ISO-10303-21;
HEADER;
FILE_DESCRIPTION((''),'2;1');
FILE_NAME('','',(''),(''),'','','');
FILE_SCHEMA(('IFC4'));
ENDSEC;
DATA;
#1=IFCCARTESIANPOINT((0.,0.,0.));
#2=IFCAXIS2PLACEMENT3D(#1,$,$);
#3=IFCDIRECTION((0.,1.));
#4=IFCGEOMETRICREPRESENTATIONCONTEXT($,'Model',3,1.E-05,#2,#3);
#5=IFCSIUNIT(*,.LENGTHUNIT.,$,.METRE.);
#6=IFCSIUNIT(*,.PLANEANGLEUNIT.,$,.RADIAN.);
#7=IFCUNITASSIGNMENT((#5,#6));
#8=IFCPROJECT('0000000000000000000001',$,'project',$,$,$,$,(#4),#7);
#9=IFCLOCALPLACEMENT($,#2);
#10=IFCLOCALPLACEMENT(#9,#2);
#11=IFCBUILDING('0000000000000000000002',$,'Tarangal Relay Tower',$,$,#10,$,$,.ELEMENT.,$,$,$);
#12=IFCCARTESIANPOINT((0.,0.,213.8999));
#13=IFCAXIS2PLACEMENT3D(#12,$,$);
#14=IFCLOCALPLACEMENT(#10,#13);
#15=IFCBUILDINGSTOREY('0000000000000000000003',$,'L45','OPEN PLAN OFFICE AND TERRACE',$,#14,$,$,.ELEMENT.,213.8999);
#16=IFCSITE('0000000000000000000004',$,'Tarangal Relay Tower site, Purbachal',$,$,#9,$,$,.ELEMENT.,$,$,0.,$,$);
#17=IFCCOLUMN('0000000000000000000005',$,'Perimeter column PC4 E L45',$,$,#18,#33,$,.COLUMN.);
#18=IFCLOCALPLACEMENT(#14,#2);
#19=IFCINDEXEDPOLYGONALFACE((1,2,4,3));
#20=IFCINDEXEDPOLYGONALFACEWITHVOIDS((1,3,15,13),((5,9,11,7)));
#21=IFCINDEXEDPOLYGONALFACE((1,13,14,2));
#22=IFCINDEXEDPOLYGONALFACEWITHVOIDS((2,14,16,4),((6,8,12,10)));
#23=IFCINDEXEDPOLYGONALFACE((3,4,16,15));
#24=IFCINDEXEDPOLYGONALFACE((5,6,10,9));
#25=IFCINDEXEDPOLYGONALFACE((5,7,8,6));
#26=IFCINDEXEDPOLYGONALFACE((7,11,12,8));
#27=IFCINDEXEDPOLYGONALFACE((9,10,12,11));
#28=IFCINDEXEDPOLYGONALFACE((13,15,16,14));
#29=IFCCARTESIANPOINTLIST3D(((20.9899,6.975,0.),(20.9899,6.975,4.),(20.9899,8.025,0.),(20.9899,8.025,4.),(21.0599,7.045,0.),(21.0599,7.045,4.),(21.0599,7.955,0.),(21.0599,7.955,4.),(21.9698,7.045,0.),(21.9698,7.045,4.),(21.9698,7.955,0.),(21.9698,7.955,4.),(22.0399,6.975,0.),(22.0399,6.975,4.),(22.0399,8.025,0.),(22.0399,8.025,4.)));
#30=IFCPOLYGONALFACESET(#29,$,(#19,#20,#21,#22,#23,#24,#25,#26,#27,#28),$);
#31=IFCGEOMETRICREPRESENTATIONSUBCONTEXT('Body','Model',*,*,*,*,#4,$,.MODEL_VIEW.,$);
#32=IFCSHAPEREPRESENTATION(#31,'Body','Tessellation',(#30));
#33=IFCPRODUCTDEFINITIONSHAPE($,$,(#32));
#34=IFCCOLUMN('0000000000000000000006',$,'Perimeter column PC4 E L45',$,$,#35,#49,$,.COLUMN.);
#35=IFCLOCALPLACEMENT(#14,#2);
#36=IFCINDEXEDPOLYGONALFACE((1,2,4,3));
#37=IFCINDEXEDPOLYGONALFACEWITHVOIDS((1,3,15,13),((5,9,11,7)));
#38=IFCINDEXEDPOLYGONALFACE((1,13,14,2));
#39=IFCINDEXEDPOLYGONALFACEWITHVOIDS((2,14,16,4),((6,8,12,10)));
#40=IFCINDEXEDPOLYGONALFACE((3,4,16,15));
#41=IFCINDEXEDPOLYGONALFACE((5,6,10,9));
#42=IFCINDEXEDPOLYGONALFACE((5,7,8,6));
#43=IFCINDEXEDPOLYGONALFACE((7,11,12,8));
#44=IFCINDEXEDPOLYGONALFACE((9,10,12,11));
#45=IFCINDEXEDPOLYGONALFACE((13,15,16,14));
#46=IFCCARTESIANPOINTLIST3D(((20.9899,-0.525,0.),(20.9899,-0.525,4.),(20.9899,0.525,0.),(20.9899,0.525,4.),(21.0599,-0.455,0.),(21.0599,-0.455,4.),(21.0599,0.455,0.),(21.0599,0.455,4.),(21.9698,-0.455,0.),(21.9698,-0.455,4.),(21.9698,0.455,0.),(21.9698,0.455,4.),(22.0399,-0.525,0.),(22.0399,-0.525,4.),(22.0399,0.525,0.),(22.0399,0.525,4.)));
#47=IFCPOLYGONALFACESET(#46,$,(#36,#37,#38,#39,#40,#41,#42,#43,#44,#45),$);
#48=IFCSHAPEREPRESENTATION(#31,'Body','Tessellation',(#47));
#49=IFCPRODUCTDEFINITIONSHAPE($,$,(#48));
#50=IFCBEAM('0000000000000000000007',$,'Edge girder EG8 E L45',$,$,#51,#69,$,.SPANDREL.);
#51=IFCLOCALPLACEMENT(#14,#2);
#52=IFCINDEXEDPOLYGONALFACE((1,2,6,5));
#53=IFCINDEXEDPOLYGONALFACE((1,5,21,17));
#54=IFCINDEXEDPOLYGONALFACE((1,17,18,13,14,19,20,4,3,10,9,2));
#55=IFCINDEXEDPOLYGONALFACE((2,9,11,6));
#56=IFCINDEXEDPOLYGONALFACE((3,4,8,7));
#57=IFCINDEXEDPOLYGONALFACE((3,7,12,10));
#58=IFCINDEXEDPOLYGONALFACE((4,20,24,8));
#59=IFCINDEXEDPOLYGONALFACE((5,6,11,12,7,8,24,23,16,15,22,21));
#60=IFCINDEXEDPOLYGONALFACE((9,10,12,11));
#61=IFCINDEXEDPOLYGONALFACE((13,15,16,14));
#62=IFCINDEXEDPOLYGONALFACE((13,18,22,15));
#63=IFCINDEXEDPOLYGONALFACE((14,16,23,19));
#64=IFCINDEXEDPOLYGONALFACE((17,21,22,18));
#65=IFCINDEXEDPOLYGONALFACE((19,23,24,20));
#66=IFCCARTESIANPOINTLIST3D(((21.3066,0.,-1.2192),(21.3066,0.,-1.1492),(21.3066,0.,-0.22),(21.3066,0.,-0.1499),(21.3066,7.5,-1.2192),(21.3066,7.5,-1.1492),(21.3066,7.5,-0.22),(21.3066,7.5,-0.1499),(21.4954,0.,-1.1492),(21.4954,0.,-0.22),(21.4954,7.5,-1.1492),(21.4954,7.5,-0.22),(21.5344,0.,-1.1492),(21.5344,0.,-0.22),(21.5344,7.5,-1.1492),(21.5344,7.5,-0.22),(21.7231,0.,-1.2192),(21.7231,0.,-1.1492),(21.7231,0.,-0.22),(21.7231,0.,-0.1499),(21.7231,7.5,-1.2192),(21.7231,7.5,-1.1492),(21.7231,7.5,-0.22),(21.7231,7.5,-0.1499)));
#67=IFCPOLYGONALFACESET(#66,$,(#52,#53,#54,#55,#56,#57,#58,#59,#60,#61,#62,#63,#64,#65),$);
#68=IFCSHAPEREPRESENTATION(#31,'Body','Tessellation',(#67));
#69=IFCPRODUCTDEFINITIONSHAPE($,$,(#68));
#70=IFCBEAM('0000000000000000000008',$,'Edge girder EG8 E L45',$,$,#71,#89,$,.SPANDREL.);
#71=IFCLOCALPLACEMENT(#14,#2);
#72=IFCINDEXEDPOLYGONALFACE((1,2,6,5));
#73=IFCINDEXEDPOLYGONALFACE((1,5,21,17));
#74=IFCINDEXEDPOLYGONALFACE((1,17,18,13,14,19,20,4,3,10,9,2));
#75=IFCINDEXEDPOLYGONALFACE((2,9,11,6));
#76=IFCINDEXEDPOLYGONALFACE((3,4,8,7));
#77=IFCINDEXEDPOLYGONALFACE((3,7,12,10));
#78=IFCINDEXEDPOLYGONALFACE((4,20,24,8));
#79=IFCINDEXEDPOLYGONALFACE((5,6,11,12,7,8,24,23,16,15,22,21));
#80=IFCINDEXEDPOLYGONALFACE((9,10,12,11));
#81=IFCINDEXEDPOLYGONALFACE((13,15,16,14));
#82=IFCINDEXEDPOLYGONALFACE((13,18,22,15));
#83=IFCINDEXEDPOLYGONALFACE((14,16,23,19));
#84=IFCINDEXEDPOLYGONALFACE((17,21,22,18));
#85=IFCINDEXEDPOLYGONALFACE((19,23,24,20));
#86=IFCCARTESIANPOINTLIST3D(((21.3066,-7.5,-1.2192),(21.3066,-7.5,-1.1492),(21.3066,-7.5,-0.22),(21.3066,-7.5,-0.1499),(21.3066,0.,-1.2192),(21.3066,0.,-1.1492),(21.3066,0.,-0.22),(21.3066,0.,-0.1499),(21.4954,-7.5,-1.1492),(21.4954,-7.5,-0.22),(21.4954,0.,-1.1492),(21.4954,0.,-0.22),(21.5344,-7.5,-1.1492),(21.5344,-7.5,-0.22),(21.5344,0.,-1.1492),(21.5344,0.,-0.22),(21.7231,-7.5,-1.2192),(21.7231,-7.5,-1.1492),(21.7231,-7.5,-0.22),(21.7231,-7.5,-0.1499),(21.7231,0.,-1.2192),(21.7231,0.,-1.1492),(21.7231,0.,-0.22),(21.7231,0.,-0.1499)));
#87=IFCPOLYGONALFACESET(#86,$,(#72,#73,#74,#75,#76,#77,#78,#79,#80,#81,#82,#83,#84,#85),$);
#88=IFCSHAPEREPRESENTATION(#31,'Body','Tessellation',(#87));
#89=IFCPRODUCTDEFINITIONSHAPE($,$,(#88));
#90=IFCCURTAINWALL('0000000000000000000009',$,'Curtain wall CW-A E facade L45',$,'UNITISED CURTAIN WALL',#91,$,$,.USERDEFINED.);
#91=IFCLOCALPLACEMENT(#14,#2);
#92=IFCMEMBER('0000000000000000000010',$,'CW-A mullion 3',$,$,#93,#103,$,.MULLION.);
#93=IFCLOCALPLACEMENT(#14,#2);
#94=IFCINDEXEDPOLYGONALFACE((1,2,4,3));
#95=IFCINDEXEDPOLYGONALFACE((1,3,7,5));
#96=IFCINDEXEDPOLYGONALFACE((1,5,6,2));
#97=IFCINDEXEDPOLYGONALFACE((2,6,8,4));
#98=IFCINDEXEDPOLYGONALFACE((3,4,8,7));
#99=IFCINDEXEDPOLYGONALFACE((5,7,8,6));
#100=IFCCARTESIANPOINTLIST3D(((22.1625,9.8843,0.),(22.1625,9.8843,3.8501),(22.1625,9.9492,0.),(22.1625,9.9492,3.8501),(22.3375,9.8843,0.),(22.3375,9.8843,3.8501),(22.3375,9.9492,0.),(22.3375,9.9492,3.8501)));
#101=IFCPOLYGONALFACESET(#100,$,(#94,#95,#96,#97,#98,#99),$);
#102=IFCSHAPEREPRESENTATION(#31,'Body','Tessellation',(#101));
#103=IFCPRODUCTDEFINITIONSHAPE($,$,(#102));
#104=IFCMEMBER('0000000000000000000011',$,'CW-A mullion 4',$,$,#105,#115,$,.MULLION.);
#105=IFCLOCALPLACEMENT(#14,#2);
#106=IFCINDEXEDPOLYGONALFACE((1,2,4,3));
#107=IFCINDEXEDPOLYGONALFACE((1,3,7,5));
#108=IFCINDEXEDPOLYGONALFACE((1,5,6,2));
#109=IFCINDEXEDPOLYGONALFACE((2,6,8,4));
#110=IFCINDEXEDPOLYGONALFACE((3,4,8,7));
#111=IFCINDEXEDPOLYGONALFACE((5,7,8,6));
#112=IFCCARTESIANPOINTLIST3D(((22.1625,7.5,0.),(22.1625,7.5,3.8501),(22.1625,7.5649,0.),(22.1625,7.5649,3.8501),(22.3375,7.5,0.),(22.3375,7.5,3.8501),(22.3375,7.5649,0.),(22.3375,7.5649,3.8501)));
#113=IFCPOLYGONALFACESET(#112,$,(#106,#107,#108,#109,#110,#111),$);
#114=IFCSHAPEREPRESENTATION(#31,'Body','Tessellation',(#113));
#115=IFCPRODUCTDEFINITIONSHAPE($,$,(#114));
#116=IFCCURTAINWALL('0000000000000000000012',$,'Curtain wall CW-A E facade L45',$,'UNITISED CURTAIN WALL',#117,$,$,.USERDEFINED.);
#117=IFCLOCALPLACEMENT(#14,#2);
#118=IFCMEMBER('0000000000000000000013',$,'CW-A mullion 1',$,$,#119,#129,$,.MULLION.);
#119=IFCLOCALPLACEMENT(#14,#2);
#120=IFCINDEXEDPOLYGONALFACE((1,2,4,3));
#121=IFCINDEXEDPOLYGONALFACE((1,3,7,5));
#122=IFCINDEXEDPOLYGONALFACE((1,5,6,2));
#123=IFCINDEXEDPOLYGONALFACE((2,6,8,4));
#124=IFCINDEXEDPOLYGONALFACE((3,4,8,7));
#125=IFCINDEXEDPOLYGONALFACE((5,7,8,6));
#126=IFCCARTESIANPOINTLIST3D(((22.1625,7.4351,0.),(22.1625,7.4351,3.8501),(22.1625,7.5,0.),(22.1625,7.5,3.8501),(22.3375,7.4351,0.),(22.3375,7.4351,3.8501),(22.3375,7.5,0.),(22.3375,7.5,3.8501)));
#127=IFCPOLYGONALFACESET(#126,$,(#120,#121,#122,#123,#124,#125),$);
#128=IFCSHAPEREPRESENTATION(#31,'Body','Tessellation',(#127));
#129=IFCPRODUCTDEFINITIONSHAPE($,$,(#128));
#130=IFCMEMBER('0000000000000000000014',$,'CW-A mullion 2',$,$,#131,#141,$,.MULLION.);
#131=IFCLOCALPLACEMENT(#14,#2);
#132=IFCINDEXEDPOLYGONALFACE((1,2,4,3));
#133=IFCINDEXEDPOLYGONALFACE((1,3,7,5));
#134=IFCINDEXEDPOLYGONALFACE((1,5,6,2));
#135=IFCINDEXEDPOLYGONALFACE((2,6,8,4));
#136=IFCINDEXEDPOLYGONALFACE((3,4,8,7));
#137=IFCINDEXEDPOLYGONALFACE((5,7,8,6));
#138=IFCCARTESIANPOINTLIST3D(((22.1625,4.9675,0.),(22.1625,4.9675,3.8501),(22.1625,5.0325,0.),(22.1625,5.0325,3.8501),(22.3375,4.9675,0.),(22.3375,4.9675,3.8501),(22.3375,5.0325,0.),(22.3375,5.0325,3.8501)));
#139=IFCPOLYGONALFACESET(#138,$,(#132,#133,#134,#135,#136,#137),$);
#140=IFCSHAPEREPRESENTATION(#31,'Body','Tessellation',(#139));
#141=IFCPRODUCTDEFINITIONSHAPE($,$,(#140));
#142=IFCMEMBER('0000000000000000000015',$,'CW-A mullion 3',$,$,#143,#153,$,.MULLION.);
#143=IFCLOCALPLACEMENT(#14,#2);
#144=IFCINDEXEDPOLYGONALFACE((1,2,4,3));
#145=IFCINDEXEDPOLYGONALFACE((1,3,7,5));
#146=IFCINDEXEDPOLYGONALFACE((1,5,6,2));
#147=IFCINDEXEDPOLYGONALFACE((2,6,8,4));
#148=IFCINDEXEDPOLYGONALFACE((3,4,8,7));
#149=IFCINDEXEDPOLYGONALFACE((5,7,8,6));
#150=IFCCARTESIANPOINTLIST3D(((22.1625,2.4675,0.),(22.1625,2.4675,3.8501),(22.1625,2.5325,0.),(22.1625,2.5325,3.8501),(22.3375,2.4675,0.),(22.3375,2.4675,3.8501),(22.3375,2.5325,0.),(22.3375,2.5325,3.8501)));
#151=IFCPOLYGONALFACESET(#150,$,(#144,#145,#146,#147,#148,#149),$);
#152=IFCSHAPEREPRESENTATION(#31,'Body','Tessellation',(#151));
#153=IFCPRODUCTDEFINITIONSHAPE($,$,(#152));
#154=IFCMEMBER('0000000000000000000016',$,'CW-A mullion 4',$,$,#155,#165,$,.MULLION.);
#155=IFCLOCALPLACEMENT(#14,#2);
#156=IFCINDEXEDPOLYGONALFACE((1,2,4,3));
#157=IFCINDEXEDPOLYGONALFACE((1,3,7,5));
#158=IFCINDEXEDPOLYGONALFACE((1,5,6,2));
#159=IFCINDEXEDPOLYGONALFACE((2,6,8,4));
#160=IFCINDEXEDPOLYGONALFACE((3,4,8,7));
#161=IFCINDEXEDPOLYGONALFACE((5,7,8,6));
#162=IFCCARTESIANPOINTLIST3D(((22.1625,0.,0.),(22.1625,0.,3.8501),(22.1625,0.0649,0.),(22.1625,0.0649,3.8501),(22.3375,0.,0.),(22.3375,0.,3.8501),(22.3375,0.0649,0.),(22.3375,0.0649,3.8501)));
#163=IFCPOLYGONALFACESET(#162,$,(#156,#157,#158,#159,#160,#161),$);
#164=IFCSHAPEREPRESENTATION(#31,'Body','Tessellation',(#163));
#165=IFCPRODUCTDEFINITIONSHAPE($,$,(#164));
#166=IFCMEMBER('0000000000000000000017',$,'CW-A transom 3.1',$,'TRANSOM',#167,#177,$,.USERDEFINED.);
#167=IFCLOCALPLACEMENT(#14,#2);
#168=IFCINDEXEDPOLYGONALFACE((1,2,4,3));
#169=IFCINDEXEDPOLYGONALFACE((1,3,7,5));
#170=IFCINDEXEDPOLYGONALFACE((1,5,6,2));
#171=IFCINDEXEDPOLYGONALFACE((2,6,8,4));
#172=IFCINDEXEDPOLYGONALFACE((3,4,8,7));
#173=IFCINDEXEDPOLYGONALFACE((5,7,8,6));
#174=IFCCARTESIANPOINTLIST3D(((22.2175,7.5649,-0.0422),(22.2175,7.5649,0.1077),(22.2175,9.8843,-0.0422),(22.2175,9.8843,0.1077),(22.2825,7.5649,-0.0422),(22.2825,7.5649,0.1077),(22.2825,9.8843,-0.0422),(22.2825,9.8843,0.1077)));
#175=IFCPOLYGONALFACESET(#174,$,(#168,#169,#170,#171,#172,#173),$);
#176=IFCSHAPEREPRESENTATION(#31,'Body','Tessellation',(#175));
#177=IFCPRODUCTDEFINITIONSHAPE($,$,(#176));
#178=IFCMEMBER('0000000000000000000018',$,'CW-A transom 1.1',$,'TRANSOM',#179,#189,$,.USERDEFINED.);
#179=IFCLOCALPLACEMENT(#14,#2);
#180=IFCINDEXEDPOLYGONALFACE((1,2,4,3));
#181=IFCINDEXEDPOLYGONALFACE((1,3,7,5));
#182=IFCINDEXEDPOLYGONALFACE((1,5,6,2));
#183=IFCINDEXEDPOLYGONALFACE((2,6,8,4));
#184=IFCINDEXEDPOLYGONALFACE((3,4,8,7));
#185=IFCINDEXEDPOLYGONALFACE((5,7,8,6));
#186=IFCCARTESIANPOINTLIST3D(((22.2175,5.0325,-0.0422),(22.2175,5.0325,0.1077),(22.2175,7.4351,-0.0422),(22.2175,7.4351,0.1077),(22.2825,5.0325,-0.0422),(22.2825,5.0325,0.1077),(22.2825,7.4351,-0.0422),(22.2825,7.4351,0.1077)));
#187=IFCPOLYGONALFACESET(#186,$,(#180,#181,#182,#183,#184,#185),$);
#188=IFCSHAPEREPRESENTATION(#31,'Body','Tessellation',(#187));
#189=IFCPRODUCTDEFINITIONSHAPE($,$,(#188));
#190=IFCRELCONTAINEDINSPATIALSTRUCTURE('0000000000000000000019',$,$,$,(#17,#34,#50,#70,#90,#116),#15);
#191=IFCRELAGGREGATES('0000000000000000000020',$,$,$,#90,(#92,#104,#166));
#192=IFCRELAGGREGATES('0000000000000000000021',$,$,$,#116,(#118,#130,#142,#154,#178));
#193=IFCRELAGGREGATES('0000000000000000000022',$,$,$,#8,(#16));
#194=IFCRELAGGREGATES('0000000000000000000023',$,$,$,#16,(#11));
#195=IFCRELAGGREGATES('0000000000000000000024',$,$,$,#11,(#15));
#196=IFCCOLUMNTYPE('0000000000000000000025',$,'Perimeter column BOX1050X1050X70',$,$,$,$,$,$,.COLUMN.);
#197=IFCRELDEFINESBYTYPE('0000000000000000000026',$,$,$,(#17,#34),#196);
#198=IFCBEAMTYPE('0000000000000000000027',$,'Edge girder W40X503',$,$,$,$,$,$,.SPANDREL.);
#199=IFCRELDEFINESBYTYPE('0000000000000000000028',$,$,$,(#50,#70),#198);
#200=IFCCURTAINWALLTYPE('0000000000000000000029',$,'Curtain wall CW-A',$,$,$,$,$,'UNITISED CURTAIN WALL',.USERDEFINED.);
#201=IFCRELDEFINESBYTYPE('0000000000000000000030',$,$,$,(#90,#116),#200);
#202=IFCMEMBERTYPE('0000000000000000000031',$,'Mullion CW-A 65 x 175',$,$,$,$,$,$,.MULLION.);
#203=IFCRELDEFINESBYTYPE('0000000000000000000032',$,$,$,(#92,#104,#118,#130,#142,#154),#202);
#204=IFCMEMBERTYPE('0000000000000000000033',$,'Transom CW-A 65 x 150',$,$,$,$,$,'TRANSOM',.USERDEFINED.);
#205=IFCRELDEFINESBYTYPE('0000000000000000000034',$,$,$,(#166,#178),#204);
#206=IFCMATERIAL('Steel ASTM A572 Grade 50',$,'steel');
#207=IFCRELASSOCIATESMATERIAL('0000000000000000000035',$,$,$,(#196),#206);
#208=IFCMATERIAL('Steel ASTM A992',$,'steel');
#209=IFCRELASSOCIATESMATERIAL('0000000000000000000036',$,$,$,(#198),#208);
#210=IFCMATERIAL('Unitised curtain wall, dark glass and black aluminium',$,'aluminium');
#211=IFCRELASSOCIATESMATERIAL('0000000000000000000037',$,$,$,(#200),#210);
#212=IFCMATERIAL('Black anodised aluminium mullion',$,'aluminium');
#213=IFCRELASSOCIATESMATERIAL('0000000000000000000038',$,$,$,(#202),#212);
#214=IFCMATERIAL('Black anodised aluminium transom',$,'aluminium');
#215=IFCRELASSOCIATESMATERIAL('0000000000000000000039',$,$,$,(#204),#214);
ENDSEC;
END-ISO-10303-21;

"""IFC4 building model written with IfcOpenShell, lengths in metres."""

from ifc_helpers import new_model, si_unit, direction, frame, origin, origin_2d, place, context, subcontext, project, spatial, rectangle, hollow_rectangle, i_section, extrude, material, material_profile, profile_set, type_object, element, aggregate, save


model = new_model("IFC4")

# Units and contexts
model_context = context("Model", 3, precision=1e-05, world=origin(), true_north=direction((0.0, 1.0)))
body_context = subcontext(model_context, "Body", "Model", "MODEL_VIEW")
ifc_project = project(units=[si_unit("LENGTHUNIT", "METRE"), si_unit("PLANEANGLEUNIT", "RADIAN")], contexts=[model_context])

# Site, building, storey
site_placement = place(None, origin())
site = spatial("IfcSite", under=ifc_project, at=site_placement, Name="Tarangal Relay Tower site, Purbachal", CompositionType="ELEMENT", RefElevation=0.0)
building_placement = place(site_placement, origin())
building = spatial("IfcBuilding", under=site, at=building_placement, Name="Tarangal Relay Tower", CompositionType="ELEMENT")
storey_placement = place(building_placement, frame((0.0, 0.0, 213.8999)))
storey = spatial("IfcBuildingStorey", under=building, at=storey_placement, Name="L45", Description="OPEN PLAN OFFICE AND TERRACE", CompositionType="ELEMENT", Elevation=213.8999)

# Columns
ifc_material_1 = material(Name="Steel ASTM A572 Grade 50", Category="steel")
ifc_material_profile_1 = material_profile(ifc_material_1, hollow_rectangle(XDim=1.05, YDim=1.05, WallThickness=0.0701, at=origin_2d()), Name="BOX1050X1050X70")
ifc_profile_set_1 = profile_set([ifc_material_profile_1], Name="Steel ASTM A572 Grade 50")
column_type = type_object("IfcColumnType", Name="Perimeter column BOX1050X1050X70", PredefinedType="COLUMN", material=ifc_profile_set_1)
for number, where, z_axis, x_axis, name in (
    (1, (21.5149, 7.5, 0.0), (0.0, 0.0, 1.0), (1.0, 0.0, 0.0), "Perimeter column PC4 E L45"),
    (2, (21.5149, 0.0, 0.0), (0.0, 0.0, 1.0), (1.0, 0.0, 0.0), "Perimeter column PC4 E L45"),
):
    element("IfcColumn", number, at=place(storey_placement, frame(where, z_axis=z_axis, x_axis=x_axis)), inside=storey, type_object=column_type, Name=name, PredefinedType="COLUMN", context=body_context, shape_type="SweptSolid", body=[
        extrude(hollow_rectangle(XDim=1.05, YDim=1.05, WallThickness=0.0701, at=origin_2d()), origin(), (0.0, 0.0, 1.0), 4.0),
    ])

# Beams
ifc_material_2 = material(Name="Steel ASTM A992", Category="steel")
ifc_material_profile_2 = material_profile(ifc_material_2, i_section(OverallWidth=0.4165, OverallDepth=1.0693, WebThickness=0.0391, FlangeThickness=0.0701, at=origin_2d()), Name="W40X503")
ifc_profile_set_2 = profile_set([ifc_material_profile_2], Name="Steel ASTM A992")
beam_type = type_object("IfcBeamType", Name="Edge girder W40X503", PredefinedType="SPANDREL", material=ifc_profile_set_2)
for number, where, z_axis, x_axis, name in (
    (3, (21.5149, 7.5, -0.6846), (0.0, -1.0, 0.0), (1.0, 0.0, 0.0), "Edge girder EG8 E L45"),
    (4, (21.5149, 0.0, -0.6846), (0.0, -1.0, 0.0), (1.0, 0.0, 0.0), "Edge girder EG8 E L45"),
):
    element("IfcBeam", number, at=place(storey_placement, frame(where, z_axis=z_axis, x_axis=x_axis)), inside=storey, type_object=beam_type, Name=name, PredefinedType="SPANDREL", context=body_context, shape_type="SweptSolid", body=[
        extrude(i_section(OverallWidth=0.4165, OverallDepth=1.0693, WebThickness=0.0391, FlangeThickness=0.0701, at=origin_2d()), origin(), (0.0, 0.0, 1.0), 7.5),
    ])

# Curtain walls, members
ifc_material_3 = material(Name="Unitised curtain wall, dark glass and black aluminium", Category="aluminium")
curtain_wall_type = type_object("IfcCurtainWallType", Name="Curtain wall CW-A", ElementType="UNITISED CURTAIN WALL", PredefinedType="USERDEFINED", material=ifc_material_3)
curtain_wall_1_placement = place(storey_placement, origin())
curtain_wall_1 = element("IfcCurtainWall", 5, at=curtain_wall_1_placement, inside=storey, type_object=curtain_wall_type, Name="Curtain wall CW-A E facade L45", ObjectType="UNITISED CURTAIN WALL", PredefinedType="USERDEFINED")
ifc_material_4 = material(Name="Black anodised aluminium mullion", Category="aluminium")
ifc_material_profile_3 = material_profile(ifc_material_4, rectangle(XDim=0.175, YDim=0.0649, at=origin_2d()), Name="CW-AM 65X175")
ifc_profile_set_3 = profile_set([ifc_material_profile_3], Name="Black anodised aluminium mullion")
member_type_1 = type_object("IfcMemberType", Name="Mullion CW-A 65 x 175", PredefinedType="MULLION", material=ifc_profile_set_3)
member_1_placement = place(storey_placement, frame((22.25, 9.9167, 0.0), z_axis=(0.0, 0.0, 1.0), x_axis=(1.0, 0.0, 0.0)))
member_1 = element("IfcMember", 6, at=member_1_placement, type_object=member_type_1, Name="CW-A mullion 3", PredefinedType="MULLION", context=body_context, shape_type="SweptSolid", body=[
    extrude(rectangle(XDim=0.175, YDim=0.0649, at=origin_2d()), origin(), (0.0, 0.0, 1.0), 3.8501),
])
member_2_placement = place(storey_placement, frame((22.25, 7.5325, 0.0), z_axis=(0.0, 0.0, 1.0), x_axis=(1.0, 0.0, 0.0)))
member_2 = element("IfcMember", 7, at=member_2_placement, type_object=member_type_1, Name="CW-A mullion 4", PredefinedType="MULLION", context=body_context, shape_type="SweptSolid", body=[
    extrude(rectangle(XDim=0.175, YDim=0.0649, at=origin_2d()), origin(), (0.0, 0.0, 1.0), 3.8501),
])
curtain_wall_2_placement = place(storey_placement, origin())
curtain_wall_2 = element("IfcCurtainWall", 8, at=curtain_wall_2_placement, inside=storey, type_object=curtain_wall_type, Name="Curtain wall CW-A E facade L45", ObjectType="UNITISED CURTAIN WALL", PredefinedType="USERDEFINED")
member_3_placement = place(storey_placement, frame((22.25, 7.4675, 0.0), z_axis=(0.0, 0.0, 1.0), x_axis=(1.0, 0.0, 0.0)))
member_3 = element("IfcMember", 9, at=member_3_placement, type_object=member_type_1, Name="CW-A mullion 1", PredefinedType="MULLION", context=body_context, shape_type="SweptSolid", body=[
    extrude(rectangle(XDim=0.175, YDim=0.0649, at=origin_2d()), origin(), (0.0, 0.0, 1.0), 3.8501),
])
member_4_placement = place(storey_placement, frame((22.25, 5.0, 0.0), z_axis=(0.0, 0.0, 1.0), x_axis=(1.0, 0.0, 0.0)))
member_4 = element("IfcMember", 10, at=member_4_placement, type_object=member_type_1, Name="CW-A mullion 2", PredefinedType="MULLION", context=body_context, shape_type="SweptSolid", body=[
    extrude(rectangle(XDim=0.175, YDim=0.0649, at=origin_2d()), origin(), (0.0, 0.0, 1.0), 3.8501),
])
member_5_placement = place(storey_placement, frame((22.25, 2.5, 0.0), z_axis=(0.0, 0.0, 1.0), x_axis=(1.0, 0.0, 0.0)))
member_5 = element("IfcMember", 11, at=member_5_placement, type_object=member_type_1, Name="CW-A mullion 3", PredefinedType="MULLION", context=body_context, shape_type="SweptSolid", body=[
    extrude(rectangle(XDim=0.175, YDim=0.0649, at=origin_2d()), origin(), (0.0, 0.0, 1.0), 3.8501),
])
member_6_placement = place(storey_placement, frame((22.25, 0.0325, 0.0), z_axis=(0.0, 0.0, 1.0), x_axis=(1.0, 0.0, 0.0)))
member_6 = element("IfcMember", 12, at=member_6_placement, type_object=member_type_1, Name="CW-A mullion 4", PredefinedType="MULLION", context=body_context, shape_type="SweptSolid", body=[
    extrude(rectangle(XDim=0.175, YDim=0.0649, at=origin_2d()), origin(), (0.0, 0.0, 1.0), 3.8501),
])

# Members
ifc_material_5 = material(Name="Black anodised aluminium transom", Category="aluminium")
ifc_material_profile_4 = material_profile(ifc_material_5, rectangle(XDim=0.0649, YDim=0.1499, at=origin_2d()), Name="CW-AT 65X150")
ifc_profile_set_4 = profile_set([ifc_material_profile_4], Name="Black anodised aluminium transom")
member_type_2 = type_object("IfcMemberType", Name="Transom CW-A 65 x 150", ElementType="TRANSOM", PredefinedType="USERDEFINED", material=ifc_profile_set_4)
member_7_placement = place(storey_placement, frame((22.25, 9.8843, 0.0327), z_axis=(0.0, -1.0, 0.0), x_axis=(1.0, 0.0, 0.0)))
member_7 = element("IfcMember", 13, at=member_7_placement, type_object=member_type_2, Name="CW-A transom 3.1", ObjectType="TRANSOM", PredefinedType="USERDEFINED", context=body_context, shape_type="SweptSolid", body=[
    extrude(rectangle(XDim=0.0649, YDim=0.1499, at=origin_2d()), origin(), (0.0, 0.0, 1.0), 2.3193),
])
member_8_placement = place(storey_placement, frame((22.25, 7.4351, 0.0327), z_axis=(0.0, -1.0, 0.0), x_axis=(1.0, 0.0, 0.0)))
member_8 = element("IfcMember", 14, at=member_8_placement, type_object=member_type_2, Name="CW-A transom 1.1", ObjectType="TRANSOM", PredefinedType="USERDEFINED", context=body_context, shape_type="SweptSolid", body=[
    extrude(rectangle(XDim=0.0649, YDim=0.1499, at=origin_2d()), origin(), (0.0, 0.0, 1.0), 2.4026),
])

aggregate(curtain_wall_1, [member_1, member_2, member_7])
aggregate(curtain_wall_2, [member_3, member_4, member_5, member_6, member_8])

save(model, "model.ifc")
